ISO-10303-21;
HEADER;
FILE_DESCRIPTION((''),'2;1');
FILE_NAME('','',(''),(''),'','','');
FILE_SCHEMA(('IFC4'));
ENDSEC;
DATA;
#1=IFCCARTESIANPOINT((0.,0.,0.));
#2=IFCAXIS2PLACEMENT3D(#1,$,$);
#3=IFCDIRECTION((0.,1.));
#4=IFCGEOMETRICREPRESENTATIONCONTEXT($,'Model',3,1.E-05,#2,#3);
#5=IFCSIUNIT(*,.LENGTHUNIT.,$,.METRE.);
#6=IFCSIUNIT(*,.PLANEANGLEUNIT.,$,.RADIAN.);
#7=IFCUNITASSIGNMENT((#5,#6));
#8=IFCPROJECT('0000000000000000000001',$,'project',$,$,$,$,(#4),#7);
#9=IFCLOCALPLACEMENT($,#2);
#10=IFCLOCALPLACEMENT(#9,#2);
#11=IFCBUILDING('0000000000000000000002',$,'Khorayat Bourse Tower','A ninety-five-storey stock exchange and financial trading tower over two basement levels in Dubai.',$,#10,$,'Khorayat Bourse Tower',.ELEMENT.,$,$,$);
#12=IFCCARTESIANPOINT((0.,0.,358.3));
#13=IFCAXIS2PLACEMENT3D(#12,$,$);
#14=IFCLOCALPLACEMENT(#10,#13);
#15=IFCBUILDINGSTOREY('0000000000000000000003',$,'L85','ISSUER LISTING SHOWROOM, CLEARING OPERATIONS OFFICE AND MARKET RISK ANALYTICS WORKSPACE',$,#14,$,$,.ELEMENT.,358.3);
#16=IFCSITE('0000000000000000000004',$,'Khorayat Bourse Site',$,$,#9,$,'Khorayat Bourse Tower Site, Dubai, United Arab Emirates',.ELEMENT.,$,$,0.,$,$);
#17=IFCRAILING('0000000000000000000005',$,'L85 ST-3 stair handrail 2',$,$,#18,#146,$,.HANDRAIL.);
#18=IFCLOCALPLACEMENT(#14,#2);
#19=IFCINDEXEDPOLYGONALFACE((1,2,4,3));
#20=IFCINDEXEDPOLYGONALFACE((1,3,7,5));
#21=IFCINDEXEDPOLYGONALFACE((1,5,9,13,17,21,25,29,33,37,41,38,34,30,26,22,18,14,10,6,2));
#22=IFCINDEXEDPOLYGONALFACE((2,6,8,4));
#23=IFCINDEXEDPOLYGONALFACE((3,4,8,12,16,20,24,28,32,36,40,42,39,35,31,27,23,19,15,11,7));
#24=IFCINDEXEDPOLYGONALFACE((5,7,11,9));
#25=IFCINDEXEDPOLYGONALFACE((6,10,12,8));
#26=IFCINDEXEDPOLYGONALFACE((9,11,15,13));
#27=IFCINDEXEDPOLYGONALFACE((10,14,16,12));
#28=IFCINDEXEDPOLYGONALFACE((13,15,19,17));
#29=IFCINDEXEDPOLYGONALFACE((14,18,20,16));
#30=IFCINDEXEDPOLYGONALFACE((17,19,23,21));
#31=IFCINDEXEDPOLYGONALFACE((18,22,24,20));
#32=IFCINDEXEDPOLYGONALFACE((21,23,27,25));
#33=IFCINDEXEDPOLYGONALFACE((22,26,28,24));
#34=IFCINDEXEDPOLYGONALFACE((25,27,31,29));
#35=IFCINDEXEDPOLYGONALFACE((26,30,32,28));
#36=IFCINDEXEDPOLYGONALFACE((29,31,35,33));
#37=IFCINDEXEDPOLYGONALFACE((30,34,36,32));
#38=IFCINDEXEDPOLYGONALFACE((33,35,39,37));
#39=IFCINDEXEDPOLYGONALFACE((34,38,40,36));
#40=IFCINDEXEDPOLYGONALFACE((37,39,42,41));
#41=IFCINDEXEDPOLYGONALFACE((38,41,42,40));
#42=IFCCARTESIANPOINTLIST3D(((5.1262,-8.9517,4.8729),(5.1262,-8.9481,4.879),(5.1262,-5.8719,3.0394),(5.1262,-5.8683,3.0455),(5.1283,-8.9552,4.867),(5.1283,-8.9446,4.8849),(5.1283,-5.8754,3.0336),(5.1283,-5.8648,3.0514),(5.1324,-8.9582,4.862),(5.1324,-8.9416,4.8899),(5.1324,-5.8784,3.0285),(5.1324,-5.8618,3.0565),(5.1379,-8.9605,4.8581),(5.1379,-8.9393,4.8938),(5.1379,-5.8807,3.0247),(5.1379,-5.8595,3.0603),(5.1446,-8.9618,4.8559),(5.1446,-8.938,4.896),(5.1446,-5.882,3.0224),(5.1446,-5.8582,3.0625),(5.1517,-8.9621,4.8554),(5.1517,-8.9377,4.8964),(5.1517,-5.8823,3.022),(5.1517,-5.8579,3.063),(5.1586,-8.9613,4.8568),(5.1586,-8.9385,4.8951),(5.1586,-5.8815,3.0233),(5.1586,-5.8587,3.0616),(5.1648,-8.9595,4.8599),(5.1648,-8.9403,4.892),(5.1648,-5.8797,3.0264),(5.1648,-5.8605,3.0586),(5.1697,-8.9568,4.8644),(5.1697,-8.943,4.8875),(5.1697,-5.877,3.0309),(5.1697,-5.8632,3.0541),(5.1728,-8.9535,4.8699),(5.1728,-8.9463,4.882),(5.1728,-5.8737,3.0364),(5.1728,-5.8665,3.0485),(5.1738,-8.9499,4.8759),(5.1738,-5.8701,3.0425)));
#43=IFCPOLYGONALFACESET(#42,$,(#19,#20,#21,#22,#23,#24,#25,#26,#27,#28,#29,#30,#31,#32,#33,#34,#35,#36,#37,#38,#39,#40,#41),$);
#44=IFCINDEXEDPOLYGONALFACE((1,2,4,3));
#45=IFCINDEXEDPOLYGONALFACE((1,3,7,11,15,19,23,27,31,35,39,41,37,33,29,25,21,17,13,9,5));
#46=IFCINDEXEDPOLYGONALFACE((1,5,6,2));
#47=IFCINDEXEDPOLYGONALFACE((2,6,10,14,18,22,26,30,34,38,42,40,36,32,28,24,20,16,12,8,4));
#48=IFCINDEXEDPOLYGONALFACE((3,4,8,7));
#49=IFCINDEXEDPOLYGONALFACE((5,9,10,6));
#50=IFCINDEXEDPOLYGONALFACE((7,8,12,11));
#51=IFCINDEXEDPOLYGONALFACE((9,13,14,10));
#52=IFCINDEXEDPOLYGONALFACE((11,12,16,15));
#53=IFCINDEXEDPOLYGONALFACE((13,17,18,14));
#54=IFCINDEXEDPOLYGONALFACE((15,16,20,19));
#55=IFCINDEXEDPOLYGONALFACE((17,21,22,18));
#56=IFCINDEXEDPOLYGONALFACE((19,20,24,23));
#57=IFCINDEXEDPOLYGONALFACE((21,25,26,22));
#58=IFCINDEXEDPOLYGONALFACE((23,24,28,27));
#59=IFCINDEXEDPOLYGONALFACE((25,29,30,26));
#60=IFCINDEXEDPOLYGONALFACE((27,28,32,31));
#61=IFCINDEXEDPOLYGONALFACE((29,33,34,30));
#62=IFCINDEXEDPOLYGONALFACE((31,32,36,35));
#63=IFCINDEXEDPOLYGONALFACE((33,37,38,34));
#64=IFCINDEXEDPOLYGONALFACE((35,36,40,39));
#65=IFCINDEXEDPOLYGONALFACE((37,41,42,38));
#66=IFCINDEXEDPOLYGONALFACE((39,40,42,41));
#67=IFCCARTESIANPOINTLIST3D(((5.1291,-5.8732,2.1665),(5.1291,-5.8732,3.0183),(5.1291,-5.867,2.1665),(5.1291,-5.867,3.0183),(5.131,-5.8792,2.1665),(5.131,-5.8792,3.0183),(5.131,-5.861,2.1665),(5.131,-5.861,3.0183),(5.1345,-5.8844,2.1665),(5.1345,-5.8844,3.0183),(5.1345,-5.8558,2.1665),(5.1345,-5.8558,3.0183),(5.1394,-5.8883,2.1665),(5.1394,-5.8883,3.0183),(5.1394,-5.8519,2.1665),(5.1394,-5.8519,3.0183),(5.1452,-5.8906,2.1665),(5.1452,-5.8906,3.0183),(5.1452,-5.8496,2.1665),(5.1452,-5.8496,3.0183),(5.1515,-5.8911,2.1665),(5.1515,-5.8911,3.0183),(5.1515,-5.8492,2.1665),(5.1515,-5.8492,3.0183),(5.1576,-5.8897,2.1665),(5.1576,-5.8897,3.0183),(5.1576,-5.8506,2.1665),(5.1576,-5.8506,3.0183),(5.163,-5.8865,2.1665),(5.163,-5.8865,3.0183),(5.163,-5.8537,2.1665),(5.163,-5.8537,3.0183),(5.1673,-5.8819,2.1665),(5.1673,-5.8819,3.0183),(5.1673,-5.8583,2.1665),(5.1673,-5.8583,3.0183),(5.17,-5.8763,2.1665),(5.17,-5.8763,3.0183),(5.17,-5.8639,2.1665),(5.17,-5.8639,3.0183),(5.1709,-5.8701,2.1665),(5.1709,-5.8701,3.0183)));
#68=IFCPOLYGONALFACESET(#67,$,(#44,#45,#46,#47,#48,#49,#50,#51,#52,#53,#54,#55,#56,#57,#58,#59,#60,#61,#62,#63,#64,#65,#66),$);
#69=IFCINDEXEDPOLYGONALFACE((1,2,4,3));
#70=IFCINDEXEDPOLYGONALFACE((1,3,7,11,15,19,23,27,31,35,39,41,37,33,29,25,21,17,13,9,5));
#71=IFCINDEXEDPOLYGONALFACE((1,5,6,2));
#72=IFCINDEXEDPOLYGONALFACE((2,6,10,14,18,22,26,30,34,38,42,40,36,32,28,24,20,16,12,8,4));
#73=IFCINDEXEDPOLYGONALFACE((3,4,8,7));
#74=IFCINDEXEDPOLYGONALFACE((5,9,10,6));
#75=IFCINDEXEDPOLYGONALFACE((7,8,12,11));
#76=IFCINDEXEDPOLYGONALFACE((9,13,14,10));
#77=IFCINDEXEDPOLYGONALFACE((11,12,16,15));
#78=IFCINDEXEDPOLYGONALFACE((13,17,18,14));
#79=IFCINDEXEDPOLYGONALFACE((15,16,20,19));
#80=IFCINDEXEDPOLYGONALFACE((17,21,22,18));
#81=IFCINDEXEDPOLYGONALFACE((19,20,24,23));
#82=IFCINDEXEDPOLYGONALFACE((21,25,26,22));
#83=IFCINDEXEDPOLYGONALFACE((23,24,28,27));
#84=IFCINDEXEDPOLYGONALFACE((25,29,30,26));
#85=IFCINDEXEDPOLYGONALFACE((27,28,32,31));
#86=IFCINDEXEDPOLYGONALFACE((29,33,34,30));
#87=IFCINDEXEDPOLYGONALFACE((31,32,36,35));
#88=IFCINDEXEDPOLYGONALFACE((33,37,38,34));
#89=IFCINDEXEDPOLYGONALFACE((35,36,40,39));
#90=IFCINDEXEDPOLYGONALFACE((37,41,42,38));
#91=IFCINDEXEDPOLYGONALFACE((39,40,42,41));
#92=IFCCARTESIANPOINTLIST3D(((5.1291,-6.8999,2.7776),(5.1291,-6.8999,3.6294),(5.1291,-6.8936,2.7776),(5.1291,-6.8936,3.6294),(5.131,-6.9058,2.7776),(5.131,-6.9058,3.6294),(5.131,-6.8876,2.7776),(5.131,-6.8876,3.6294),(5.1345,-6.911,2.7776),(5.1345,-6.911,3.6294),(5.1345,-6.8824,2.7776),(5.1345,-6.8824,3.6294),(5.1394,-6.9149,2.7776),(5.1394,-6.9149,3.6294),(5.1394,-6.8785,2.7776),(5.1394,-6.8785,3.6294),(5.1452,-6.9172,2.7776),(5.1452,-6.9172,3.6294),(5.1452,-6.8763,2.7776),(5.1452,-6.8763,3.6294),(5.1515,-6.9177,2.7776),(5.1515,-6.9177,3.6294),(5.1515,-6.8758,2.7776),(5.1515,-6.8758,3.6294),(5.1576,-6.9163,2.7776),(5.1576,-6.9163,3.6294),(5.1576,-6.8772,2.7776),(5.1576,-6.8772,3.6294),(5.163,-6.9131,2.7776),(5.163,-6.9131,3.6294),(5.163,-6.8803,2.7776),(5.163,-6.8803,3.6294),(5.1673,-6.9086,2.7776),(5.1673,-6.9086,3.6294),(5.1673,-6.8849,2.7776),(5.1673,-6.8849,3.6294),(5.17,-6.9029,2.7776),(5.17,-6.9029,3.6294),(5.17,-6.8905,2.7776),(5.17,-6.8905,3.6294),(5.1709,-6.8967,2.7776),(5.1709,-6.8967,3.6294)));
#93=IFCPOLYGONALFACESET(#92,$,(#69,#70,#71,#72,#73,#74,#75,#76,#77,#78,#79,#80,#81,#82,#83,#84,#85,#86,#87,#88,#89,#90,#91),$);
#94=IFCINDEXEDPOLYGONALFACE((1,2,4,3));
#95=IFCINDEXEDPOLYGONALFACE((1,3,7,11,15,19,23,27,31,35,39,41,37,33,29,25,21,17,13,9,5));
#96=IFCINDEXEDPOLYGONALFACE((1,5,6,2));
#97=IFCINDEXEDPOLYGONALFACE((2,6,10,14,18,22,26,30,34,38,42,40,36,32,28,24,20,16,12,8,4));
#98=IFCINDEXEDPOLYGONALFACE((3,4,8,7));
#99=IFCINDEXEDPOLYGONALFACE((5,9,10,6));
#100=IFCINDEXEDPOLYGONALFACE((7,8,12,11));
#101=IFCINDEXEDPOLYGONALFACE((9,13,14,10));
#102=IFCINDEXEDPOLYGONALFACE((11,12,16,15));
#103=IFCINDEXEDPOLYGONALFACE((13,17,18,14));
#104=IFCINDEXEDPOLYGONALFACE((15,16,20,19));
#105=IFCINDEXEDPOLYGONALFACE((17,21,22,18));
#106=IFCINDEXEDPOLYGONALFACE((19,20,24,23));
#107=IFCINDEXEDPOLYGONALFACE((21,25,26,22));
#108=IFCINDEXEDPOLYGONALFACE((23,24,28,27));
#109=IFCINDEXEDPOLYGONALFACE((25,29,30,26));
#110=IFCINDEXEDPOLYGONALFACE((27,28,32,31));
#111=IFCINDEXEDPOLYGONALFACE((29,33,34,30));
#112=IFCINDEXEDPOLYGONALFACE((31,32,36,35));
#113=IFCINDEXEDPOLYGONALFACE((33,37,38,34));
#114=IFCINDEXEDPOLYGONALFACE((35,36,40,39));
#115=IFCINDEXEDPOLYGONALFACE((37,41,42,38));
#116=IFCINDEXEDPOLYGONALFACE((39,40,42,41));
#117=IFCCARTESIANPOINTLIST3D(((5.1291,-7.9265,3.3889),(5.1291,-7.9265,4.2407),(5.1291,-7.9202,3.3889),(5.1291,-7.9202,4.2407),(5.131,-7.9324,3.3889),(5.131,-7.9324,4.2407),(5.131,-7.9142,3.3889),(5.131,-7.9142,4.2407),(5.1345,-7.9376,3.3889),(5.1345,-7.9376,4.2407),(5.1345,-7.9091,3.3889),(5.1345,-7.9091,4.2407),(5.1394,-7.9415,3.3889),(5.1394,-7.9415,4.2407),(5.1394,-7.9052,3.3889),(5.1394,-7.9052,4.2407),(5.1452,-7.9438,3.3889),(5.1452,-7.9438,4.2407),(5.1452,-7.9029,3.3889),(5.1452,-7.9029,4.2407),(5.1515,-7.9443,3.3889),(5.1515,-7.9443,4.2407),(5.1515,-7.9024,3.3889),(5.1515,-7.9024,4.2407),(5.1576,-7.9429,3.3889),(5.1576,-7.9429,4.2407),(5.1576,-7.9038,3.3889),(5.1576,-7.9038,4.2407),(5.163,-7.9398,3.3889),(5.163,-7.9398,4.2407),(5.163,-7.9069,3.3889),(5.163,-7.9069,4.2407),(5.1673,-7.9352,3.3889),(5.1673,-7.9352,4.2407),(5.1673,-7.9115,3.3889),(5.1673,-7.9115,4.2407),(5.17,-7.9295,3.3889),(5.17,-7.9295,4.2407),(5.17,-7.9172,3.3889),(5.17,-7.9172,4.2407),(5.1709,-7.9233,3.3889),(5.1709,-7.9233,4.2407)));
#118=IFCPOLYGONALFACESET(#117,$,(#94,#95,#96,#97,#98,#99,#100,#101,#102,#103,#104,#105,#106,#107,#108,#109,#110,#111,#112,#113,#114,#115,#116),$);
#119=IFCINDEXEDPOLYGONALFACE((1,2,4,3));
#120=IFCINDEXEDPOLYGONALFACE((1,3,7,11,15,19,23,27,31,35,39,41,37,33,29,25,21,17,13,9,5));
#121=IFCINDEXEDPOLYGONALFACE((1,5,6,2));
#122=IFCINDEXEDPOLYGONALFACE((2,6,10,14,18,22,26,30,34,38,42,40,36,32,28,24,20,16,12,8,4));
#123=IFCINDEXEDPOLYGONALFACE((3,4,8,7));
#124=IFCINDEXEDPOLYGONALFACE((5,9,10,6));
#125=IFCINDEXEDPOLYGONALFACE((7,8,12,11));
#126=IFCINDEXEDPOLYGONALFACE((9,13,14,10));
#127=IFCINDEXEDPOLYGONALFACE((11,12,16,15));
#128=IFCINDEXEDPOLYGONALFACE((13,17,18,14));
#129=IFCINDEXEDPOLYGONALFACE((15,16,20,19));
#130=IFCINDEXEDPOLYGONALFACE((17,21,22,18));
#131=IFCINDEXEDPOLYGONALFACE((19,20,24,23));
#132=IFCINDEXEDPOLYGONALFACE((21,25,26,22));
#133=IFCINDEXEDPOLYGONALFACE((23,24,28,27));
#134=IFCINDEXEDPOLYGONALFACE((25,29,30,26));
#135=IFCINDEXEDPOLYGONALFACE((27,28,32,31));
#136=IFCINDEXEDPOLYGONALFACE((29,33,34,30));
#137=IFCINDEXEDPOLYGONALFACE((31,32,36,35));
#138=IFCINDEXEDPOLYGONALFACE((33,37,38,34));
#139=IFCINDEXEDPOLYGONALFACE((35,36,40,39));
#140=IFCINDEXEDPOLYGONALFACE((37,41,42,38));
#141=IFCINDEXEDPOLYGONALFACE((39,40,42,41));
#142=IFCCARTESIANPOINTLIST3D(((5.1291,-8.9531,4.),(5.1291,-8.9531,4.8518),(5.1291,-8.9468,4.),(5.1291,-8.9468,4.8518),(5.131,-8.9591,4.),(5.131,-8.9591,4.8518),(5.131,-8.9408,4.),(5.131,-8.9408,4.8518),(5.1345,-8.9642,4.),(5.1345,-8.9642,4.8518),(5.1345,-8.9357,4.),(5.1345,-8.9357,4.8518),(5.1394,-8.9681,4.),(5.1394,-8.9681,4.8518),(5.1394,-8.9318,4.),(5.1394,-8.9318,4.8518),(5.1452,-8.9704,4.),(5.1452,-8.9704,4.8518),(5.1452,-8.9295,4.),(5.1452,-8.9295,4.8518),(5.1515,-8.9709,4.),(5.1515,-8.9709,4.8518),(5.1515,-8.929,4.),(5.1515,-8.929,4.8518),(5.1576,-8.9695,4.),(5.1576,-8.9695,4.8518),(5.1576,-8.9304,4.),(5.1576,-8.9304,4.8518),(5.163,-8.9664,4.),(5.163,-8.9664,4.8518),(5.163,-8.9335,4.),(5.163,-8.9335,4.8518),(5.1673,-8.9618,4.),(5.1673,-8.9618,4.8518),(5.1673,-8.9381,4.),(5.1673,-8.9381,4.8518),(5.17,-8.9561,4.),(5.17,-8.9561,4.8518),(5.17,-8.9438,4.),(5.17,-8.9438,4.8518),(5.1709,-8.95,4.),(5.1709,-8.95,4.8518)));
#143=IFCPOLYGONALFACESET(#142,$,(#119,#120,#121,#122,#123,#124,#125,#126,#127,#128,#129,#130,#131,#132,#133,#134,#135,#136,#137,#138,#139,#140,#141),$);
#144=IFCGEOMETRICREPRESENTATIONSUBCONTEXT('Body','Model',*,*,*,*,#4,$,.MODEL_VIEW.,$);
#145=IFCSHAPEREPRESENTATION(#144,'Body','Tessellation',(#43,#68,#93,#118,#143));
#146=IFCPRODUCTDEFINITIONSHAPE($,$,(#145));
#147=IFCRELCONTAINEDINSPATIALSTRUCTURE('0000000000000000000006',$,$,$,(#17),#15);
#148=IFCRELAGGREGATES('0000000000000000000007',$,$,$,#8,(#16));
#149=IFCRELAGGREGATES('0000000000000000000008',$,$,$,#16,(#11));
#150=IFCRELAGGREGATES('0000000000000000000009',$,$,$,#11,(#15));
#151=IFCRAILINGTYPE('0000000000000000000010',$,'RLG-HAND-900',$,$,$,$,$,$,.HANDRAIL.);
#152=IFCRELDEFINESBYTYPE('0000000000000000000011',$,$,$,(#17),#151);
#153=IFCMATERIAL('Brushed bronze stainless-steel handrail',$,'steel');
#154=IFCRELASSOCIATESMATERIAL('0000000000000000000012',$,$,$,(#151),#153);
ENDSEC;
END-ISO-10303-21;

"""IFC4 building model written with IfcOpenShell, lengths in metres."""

from ifc_helpers import new_model, si_unit, direction, frame, origin, origin_2d, place, context, subcontext, project, spatial, circle, extrude, source, transform, mapped, material, type_object, element, save


model = new_model("IFC4")

# Units and contexts
model_context = context("Model", 3, precision=1e-05, world=origin(), true_north=direction((0.0, 1.0)))
body_context = subcontext(model_context, "Body", "Model", "MODEL_VIEW")
ifc_project = project(units=[si_unit("LENGTHUNIT", "METRE"), si_unit("PLANEANGLEUNIT", "RADIAN")], contexts=[model_context])

# Site, building, storey
site_placement = place(None, origin())
site = spatial("IfcSite", under=ifc_project, at=site_placement, Name="Khorayat Bourse Site", LongName="Khorayat Bourse Tower Site, Dubai, United Arab Emirates", CompositionType="ELEMENT", RefElevation=0.0)
building_placement = place(site_placement, origin())
building = spatial("IfcBuilding", under=site, at=building_placement, Name="Khorayat Bourse Tower", Description="A ninety-five-storey stock exchange and financial trading tower over two basement levels in Dubai.", LongName="Khorayat Bourse Tower", CompositionType="ELEMENT")
storey_placement = place(building_placement, frame((0.0, 0.0, 358.3)))
storey = spatial("IfcBuildingStorey", under=building, at=storey_placement, Name="L85", Description="ISSUER LISTING SHOWROOM, CLEARING OPERATIONS OFFICE AND MARKET RISK ANALYTICS WORKSPACE", CompositionType="ELEMENT", Elevation=358.3)

# Railing
ifc_material_1 = material(Name="Brushed bronze stainless-steel handrail", Category="steel")
railing_type_1 = type_object("IfcRailingType", Name="RLG-HAND-900", PredefinedType="HANDRAIL", material=ifc_material_1)
shared_shape_1 = source(origin(), body_context, "Body", "SweptSolid", [
    extrude(circle(Radius=0.0239, at=origin_2d()), frame((0.0, 0.0, 0.876), z_axis=(0.0, -0.859261, 0.511538), x_axis=(1.0, 0.0, 0.0)), (0.0, 0.0, 1.0), 3.5842),
    extrude(circle(Radius=0.021, at=origin_2d()), origin(), (0.0, 0.0, 1.0), 0.8518),
    extrude(circle(Radius=0.021, at=origin_2d()), frame((0.0, -1.0266, 0.6111)), (0.0, 0.0, 1.0), 0.8518),
    extrude(circle(Radius=0.021, at=origin_2d()), frame((0.0, -2.0532, 1.2224)), (0.0, 0.0, 1.0), 0.8518),
    extrude(circle(Radius=0.021, at=origin_2d()), frame((0.0, -3.0798, 1.8335)), (0.0, 0.0, 1.0), 0.8518),
])
railing_1_placement = place(storey_placement, frame((5.1499, -5.8701, 2.1665)))
element("IfcRailing", 1, at=railing_1_placement, inside=storey, type_object=railing_type_1, Name="L85 ST-3 stair handrail 2", PredefinedType="HANDRAIL", context=body_context, shape_type="MappedRepresentation", body=[
    mapped(shared_shape_1, transform((0.0, 0.0, 0.0), scale=1.0)),
])

save(model, "model.ifc")
